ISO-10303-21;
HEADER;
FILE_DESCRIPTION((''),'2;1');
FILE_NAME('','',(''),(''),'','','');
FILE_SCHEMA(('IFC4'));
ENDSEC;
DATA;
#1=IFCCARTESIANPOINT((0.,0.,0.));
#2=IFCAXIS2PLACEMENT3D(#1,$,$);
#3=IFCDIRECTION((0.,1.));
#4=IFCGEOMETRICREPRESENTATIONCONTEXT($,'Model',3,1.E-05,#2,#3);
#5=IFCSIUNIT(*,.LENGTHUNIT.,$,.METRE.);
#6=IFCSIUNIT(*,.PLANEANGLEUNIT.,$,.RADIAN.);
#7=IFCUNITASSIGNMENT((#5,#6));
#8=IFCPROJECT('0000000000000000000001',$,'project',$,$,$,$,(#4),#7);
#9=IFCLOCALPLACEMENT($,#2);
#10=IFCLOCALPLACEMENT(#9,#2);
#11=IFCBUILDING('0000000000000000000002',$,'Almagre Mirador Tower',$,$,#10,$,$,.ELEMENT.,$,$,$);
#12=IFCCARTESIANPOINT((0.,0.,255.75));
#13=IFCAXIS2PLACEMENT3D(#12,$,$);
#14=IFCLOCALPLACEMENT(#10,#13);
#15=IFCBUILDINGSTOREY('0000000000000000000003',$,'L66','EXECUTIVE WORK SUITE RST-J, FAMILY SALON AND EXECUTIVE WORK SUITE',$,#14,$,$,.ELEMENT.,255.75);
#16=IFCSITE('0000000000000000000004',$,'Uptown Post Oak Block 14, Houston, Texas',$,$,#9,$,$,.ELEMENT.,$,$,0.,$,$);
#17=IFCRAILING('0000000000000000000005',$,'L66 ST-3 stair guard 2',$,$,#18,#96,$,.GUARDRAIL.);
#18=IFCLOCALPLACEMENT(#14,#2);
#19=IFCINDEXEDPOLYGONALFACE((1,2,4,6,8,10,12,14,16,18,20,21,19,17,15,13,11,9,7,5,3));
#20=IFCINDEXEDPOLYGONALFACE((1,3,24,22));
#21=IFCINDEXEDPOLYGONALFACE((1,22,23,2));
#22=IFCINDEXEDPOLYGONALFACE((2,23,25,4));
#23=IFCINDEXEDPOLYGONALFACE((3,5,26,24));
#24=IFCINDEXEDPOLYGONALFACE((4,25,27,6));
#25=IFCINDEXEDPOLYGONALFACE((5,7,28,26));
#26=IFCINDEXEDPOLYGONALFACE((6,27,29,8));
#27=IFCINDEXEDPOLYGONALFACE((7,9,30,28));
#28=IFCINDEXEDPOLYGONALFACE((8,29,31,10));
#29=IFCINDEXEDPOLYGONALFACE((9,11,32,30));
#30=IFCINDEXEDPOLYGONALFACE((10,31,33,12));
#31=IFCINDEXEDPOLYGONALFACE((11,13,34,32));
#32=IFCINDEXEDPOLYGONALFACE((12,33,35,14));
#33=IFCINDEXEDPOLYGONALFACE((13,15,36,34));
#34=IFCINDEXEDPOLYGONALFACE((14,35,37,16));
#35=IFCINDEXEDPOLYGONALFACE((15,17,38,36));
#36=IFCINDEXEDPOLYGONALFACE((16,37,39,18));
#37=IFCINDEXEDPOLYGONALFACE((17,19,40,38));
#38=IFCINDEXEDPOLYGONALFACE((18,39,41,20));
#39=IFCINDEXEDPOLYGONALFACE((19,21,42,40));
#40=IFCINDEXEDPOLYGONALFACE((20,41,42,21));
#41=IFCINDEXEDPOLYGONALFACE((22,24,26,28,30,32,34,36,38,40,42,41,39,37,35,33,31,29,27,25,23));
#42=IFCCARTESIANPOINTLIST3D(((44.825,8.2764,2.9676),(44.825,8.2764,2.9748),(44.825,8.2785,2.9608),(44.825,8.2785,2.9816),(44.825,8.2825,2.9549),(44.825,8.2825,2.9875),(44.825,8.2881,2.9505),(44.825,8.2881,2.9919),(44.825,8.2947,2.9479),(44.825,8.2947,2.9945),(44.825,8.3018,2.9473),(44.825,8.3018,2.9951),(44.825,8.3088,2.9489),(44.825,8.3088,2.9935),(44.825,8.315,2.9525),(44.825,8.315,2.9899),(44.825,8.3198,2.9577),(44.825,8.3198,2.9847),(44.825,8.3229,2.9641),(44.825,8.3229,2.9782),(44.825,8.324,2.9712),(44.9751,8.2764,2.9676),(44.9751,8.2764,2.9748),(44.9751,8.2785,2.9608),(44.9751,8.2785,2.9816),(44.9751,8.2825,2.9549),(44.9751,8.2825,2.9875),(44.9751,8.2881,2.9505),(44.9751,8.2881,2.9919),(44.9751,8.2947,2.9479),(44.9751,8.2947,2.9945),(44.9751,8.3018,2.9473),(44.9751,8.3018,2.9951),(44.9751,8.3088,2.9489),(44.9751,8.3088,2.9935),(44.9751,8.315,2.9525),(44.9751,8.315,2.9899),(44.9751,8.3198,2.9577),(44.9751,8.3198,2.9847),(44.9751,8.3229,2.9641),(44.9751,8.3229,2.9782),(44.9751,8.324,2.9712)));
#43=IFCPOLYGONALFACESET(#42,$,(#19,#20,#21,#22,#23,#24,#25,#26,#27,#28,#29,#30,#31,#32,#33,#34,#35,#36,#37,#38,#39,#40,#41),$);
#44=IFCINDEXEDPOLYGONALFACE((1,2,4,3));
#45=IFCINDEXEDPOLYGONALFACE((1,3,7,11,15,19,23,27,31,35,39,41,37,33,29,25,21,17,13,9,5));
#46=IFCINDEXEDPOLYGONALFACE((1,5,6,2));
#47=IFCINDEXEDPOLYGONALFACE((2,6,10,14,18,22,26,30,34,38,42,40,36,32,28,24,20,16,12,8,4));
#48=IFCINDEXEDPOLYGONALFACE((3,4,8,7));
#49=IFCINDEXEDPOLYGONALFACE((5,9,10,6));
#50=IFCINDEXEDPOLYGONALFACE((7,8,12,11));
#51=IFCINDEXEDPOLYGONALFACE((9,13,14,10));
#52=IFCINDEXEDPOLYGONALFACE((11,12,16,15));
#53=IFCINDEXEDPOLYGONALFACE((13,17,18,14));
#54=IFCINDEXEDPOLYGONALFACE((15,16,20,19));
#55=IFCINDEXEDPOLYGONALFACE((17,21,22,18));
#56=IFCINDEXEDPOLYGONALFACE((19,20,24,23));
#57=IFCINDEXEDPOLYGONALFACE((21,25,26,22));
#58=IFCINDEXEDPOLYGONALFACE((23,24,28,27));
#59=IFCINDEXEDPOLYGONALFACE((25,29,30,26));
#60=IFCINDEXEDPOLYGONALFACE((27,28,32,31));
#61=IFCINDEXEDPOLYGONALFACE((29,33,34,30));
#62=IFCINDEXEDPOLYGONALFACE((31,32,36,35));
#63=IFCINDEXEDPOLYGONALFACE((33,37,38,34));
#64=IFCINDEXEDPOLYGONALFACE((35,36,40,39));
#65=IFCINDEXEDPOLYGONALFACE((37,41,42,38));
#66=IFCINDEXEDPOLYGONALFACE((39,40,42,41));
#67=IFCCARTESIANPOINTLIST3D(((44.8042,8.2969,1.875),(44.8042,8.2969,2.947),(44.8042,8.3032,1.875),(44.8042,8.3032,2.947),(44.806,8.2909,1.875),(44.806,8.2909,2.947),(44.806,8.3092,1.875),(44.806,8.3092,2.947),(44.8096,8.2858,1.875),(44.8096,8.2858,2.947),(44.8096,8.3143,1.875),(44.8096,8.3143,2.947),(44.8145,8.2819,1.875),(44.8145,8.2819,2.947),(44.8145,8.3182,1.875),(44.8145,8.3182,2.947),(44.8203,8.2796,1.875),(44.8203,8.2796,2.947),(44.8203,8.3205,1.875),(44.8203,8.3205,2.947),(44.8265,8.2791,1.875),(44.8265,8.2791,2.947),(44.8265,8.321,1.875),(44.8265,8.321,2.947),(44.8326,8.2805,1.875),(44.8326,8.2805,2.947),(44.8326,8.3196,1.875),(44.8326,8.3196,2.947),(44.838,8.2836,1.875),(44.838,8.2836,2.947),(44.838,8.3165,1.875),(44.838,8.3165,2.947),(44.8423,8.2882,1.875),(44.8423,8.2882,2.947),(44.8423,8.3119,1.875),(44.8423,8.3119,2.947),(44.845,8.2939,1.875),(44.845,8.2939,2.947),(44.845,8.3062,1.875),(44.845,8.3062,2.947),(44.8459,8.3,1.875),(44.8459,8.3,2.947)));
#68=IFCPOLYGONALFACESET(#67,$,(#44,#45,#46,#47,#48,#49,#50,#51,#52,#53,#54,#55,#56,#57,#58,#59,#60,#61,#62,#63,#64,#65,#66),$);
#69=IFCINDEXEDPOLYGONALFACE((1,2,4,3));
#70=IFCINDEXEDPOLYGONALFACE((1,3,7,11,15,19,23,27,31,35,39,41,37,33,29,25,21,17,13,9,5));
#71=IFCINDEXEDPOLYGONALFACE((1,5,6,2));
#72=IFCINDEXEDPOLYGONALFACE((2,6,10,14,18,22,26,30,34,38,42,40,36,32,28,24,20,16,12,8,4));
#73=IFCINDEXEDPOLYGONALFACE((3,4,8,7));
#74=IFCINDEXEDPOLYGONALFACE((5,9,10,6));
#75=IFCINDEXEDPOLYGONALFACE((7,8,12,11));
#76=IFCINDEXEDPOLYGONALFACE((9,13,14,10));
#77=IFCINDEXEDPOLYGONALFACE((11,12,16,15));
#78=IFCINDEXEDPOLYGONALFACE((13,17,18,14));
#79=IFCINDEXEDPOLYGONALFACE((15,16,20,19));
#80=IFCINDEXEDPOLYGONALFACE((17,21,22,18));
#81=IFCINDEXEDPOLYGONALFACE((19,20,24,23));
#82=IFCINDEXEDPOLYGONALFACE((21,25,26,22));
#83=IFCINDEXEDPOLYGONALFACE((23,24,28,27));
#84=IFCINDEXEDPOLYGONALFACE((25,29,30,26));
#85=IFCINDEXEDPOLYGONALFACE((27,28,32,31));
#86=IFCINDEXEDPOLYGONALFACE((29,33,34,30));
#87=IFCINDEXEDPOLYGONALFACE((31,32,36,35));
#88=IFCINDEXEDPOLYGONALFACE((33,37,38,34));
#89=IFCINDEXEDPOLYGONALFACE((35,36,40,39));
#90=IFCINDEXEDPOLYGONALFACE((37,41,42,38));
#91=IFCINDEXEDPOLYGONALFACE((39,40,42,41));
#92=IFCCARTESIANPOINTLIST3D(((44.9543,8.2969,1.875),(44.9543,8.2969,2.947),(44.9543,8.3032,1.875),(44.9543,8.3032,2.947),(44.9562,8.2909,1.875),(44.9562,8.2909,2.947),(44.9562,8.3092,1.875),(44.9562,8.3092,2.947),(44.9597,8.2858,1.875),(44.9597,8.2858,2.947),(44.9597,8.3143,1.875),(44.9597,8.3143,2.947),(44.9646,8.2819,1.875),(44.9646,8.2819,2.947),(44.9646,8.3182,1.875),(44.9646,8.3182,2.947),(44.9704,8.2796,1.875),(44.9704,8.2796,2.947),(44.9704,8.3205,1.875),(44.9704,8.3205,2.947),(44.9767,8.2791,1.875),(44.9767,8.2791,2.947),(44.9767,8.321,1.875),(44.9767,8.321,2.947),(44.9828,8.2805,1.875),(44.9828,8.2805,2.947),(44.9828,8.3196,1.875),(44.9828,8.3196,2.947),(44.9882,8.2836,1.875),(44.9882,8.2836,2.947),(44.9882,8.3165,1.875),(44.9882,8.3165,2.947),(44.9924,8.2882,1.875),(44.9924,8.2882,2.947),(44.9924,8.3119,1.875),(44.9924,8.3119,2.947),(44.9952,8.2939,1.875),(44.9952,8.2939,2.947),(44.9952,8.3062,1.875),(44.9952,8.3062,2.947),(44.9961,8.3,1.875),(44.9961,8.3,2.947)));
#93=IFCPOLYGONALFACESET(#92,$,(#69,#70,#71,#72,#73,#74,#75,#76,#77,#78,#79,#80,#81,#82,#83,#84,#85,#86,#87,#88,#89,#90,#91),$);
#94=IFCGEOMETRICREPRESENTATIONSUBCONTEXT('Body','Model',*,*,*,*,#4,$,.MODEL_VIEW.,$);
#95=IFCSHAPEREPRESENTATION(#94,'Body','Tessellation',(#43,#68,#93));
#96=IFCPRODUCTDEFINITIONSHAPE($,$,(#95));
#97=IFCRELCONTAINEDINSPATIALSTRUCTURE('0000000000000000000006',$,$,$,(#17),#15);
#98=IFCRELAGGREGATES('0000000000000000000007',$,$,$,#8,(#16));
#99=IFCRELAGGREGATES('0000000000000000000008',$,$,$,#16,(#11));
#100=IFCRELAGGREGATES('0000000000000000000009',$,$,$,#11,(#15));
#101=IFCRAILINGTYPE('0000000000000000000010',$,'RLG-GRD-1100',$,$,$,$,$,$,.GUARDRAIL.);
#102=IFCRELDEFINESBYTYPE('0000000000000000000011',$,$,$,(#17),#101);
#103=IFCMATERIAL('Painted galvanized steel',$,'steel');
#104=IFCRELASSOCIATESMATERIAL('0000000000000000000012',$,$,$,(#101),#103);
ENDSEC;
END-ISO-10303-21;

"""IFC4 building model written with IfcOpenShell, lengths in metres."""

from ifc_helpers import new_model, si_unit, direction, frame, origin, origin_2d, place, context, subcontext, project, spatial, circle, extrude, material, type_object, element, save


model = new_model("IFC4")

# Units and contexts
model_context = context("Model", 3, precision=1e-05, world=origin(), true_north=direction((0.0, 1.0)))
body_context = subcontext(model_context, "Body", "Model", "MODEL_VIEW")
ifc_project = project(units=[si_unit("LENGTHUNIT", "METRE"), si_unit("PLANEANGLEUNIT", "RADIAN")], contexts=[model_context])

# Site, building, storey
site_placement = place(None, origin())
site = spatial("IfcSite", under=ifc_project, at=site_placement, Name="Uptown Post Oak Block 14, Houston, Texas", CompositionType="ELEMENT", RefElevation=0.0)
building_placement = place(site_placement, origin())
building = spatial("IfcBuilding", under=site, at=building_placement, Name="Almagre Mirador Tower", CompositionType="ELEMENT")
storey_placement = place(building_placement, frame((0.0, 0.0, 255.75)))
storey = spatial("IfcBuildingStorey", under=building, at=storey_placement, Name="L66", Description="EXECUTIVE WORK SUITE RST-J, FAMILY SALON AND EXECUTIVE WORK SUITE", CompositionType="ELEMENT", Elevation=255.75)

# Railing
ifc_material_1 = material(Name="Painted galvanized steel", Category="steel")
railing_type_1 = type_object("IfcRailingType", Name="RLG-GRD-1100", PredefinedType="GUARDRAIL", material=ifc_material_1)
railing_1_placement = place(storey_placement, frame((44.825, 8.3, 1.875)))
element("IfcRailing", 1, at=railing_1_placement, inside=storey, type_object=railing_type_1, Name="L66 ST-3 stair guard 2", PredefinedType="GUARDRAIL", context=body_context, shape_type="SweptSolid", body=[
    extrude(circle(Radius=0.0239, at=origin_2d()), frame((0.0, 0.0, 1.0962), z_axis=(1.0, 0.0, 0.0), x_axis=(0.0, 1.0, 0.0)), (0.0, 0.0, 1.0), 0.1501),
    extrude(circle(Radius=0.021, at=origin_2d()), origin(), (0.0, 0.0, 1.0), 1.072),
    extrude(circle(Radius=0.021, at=origin_2d()), frame((0.1501, 0.0, 0.0)), (0.0, 0.0, 1.0), 1.072),
])

save(model, "model.ifc")
